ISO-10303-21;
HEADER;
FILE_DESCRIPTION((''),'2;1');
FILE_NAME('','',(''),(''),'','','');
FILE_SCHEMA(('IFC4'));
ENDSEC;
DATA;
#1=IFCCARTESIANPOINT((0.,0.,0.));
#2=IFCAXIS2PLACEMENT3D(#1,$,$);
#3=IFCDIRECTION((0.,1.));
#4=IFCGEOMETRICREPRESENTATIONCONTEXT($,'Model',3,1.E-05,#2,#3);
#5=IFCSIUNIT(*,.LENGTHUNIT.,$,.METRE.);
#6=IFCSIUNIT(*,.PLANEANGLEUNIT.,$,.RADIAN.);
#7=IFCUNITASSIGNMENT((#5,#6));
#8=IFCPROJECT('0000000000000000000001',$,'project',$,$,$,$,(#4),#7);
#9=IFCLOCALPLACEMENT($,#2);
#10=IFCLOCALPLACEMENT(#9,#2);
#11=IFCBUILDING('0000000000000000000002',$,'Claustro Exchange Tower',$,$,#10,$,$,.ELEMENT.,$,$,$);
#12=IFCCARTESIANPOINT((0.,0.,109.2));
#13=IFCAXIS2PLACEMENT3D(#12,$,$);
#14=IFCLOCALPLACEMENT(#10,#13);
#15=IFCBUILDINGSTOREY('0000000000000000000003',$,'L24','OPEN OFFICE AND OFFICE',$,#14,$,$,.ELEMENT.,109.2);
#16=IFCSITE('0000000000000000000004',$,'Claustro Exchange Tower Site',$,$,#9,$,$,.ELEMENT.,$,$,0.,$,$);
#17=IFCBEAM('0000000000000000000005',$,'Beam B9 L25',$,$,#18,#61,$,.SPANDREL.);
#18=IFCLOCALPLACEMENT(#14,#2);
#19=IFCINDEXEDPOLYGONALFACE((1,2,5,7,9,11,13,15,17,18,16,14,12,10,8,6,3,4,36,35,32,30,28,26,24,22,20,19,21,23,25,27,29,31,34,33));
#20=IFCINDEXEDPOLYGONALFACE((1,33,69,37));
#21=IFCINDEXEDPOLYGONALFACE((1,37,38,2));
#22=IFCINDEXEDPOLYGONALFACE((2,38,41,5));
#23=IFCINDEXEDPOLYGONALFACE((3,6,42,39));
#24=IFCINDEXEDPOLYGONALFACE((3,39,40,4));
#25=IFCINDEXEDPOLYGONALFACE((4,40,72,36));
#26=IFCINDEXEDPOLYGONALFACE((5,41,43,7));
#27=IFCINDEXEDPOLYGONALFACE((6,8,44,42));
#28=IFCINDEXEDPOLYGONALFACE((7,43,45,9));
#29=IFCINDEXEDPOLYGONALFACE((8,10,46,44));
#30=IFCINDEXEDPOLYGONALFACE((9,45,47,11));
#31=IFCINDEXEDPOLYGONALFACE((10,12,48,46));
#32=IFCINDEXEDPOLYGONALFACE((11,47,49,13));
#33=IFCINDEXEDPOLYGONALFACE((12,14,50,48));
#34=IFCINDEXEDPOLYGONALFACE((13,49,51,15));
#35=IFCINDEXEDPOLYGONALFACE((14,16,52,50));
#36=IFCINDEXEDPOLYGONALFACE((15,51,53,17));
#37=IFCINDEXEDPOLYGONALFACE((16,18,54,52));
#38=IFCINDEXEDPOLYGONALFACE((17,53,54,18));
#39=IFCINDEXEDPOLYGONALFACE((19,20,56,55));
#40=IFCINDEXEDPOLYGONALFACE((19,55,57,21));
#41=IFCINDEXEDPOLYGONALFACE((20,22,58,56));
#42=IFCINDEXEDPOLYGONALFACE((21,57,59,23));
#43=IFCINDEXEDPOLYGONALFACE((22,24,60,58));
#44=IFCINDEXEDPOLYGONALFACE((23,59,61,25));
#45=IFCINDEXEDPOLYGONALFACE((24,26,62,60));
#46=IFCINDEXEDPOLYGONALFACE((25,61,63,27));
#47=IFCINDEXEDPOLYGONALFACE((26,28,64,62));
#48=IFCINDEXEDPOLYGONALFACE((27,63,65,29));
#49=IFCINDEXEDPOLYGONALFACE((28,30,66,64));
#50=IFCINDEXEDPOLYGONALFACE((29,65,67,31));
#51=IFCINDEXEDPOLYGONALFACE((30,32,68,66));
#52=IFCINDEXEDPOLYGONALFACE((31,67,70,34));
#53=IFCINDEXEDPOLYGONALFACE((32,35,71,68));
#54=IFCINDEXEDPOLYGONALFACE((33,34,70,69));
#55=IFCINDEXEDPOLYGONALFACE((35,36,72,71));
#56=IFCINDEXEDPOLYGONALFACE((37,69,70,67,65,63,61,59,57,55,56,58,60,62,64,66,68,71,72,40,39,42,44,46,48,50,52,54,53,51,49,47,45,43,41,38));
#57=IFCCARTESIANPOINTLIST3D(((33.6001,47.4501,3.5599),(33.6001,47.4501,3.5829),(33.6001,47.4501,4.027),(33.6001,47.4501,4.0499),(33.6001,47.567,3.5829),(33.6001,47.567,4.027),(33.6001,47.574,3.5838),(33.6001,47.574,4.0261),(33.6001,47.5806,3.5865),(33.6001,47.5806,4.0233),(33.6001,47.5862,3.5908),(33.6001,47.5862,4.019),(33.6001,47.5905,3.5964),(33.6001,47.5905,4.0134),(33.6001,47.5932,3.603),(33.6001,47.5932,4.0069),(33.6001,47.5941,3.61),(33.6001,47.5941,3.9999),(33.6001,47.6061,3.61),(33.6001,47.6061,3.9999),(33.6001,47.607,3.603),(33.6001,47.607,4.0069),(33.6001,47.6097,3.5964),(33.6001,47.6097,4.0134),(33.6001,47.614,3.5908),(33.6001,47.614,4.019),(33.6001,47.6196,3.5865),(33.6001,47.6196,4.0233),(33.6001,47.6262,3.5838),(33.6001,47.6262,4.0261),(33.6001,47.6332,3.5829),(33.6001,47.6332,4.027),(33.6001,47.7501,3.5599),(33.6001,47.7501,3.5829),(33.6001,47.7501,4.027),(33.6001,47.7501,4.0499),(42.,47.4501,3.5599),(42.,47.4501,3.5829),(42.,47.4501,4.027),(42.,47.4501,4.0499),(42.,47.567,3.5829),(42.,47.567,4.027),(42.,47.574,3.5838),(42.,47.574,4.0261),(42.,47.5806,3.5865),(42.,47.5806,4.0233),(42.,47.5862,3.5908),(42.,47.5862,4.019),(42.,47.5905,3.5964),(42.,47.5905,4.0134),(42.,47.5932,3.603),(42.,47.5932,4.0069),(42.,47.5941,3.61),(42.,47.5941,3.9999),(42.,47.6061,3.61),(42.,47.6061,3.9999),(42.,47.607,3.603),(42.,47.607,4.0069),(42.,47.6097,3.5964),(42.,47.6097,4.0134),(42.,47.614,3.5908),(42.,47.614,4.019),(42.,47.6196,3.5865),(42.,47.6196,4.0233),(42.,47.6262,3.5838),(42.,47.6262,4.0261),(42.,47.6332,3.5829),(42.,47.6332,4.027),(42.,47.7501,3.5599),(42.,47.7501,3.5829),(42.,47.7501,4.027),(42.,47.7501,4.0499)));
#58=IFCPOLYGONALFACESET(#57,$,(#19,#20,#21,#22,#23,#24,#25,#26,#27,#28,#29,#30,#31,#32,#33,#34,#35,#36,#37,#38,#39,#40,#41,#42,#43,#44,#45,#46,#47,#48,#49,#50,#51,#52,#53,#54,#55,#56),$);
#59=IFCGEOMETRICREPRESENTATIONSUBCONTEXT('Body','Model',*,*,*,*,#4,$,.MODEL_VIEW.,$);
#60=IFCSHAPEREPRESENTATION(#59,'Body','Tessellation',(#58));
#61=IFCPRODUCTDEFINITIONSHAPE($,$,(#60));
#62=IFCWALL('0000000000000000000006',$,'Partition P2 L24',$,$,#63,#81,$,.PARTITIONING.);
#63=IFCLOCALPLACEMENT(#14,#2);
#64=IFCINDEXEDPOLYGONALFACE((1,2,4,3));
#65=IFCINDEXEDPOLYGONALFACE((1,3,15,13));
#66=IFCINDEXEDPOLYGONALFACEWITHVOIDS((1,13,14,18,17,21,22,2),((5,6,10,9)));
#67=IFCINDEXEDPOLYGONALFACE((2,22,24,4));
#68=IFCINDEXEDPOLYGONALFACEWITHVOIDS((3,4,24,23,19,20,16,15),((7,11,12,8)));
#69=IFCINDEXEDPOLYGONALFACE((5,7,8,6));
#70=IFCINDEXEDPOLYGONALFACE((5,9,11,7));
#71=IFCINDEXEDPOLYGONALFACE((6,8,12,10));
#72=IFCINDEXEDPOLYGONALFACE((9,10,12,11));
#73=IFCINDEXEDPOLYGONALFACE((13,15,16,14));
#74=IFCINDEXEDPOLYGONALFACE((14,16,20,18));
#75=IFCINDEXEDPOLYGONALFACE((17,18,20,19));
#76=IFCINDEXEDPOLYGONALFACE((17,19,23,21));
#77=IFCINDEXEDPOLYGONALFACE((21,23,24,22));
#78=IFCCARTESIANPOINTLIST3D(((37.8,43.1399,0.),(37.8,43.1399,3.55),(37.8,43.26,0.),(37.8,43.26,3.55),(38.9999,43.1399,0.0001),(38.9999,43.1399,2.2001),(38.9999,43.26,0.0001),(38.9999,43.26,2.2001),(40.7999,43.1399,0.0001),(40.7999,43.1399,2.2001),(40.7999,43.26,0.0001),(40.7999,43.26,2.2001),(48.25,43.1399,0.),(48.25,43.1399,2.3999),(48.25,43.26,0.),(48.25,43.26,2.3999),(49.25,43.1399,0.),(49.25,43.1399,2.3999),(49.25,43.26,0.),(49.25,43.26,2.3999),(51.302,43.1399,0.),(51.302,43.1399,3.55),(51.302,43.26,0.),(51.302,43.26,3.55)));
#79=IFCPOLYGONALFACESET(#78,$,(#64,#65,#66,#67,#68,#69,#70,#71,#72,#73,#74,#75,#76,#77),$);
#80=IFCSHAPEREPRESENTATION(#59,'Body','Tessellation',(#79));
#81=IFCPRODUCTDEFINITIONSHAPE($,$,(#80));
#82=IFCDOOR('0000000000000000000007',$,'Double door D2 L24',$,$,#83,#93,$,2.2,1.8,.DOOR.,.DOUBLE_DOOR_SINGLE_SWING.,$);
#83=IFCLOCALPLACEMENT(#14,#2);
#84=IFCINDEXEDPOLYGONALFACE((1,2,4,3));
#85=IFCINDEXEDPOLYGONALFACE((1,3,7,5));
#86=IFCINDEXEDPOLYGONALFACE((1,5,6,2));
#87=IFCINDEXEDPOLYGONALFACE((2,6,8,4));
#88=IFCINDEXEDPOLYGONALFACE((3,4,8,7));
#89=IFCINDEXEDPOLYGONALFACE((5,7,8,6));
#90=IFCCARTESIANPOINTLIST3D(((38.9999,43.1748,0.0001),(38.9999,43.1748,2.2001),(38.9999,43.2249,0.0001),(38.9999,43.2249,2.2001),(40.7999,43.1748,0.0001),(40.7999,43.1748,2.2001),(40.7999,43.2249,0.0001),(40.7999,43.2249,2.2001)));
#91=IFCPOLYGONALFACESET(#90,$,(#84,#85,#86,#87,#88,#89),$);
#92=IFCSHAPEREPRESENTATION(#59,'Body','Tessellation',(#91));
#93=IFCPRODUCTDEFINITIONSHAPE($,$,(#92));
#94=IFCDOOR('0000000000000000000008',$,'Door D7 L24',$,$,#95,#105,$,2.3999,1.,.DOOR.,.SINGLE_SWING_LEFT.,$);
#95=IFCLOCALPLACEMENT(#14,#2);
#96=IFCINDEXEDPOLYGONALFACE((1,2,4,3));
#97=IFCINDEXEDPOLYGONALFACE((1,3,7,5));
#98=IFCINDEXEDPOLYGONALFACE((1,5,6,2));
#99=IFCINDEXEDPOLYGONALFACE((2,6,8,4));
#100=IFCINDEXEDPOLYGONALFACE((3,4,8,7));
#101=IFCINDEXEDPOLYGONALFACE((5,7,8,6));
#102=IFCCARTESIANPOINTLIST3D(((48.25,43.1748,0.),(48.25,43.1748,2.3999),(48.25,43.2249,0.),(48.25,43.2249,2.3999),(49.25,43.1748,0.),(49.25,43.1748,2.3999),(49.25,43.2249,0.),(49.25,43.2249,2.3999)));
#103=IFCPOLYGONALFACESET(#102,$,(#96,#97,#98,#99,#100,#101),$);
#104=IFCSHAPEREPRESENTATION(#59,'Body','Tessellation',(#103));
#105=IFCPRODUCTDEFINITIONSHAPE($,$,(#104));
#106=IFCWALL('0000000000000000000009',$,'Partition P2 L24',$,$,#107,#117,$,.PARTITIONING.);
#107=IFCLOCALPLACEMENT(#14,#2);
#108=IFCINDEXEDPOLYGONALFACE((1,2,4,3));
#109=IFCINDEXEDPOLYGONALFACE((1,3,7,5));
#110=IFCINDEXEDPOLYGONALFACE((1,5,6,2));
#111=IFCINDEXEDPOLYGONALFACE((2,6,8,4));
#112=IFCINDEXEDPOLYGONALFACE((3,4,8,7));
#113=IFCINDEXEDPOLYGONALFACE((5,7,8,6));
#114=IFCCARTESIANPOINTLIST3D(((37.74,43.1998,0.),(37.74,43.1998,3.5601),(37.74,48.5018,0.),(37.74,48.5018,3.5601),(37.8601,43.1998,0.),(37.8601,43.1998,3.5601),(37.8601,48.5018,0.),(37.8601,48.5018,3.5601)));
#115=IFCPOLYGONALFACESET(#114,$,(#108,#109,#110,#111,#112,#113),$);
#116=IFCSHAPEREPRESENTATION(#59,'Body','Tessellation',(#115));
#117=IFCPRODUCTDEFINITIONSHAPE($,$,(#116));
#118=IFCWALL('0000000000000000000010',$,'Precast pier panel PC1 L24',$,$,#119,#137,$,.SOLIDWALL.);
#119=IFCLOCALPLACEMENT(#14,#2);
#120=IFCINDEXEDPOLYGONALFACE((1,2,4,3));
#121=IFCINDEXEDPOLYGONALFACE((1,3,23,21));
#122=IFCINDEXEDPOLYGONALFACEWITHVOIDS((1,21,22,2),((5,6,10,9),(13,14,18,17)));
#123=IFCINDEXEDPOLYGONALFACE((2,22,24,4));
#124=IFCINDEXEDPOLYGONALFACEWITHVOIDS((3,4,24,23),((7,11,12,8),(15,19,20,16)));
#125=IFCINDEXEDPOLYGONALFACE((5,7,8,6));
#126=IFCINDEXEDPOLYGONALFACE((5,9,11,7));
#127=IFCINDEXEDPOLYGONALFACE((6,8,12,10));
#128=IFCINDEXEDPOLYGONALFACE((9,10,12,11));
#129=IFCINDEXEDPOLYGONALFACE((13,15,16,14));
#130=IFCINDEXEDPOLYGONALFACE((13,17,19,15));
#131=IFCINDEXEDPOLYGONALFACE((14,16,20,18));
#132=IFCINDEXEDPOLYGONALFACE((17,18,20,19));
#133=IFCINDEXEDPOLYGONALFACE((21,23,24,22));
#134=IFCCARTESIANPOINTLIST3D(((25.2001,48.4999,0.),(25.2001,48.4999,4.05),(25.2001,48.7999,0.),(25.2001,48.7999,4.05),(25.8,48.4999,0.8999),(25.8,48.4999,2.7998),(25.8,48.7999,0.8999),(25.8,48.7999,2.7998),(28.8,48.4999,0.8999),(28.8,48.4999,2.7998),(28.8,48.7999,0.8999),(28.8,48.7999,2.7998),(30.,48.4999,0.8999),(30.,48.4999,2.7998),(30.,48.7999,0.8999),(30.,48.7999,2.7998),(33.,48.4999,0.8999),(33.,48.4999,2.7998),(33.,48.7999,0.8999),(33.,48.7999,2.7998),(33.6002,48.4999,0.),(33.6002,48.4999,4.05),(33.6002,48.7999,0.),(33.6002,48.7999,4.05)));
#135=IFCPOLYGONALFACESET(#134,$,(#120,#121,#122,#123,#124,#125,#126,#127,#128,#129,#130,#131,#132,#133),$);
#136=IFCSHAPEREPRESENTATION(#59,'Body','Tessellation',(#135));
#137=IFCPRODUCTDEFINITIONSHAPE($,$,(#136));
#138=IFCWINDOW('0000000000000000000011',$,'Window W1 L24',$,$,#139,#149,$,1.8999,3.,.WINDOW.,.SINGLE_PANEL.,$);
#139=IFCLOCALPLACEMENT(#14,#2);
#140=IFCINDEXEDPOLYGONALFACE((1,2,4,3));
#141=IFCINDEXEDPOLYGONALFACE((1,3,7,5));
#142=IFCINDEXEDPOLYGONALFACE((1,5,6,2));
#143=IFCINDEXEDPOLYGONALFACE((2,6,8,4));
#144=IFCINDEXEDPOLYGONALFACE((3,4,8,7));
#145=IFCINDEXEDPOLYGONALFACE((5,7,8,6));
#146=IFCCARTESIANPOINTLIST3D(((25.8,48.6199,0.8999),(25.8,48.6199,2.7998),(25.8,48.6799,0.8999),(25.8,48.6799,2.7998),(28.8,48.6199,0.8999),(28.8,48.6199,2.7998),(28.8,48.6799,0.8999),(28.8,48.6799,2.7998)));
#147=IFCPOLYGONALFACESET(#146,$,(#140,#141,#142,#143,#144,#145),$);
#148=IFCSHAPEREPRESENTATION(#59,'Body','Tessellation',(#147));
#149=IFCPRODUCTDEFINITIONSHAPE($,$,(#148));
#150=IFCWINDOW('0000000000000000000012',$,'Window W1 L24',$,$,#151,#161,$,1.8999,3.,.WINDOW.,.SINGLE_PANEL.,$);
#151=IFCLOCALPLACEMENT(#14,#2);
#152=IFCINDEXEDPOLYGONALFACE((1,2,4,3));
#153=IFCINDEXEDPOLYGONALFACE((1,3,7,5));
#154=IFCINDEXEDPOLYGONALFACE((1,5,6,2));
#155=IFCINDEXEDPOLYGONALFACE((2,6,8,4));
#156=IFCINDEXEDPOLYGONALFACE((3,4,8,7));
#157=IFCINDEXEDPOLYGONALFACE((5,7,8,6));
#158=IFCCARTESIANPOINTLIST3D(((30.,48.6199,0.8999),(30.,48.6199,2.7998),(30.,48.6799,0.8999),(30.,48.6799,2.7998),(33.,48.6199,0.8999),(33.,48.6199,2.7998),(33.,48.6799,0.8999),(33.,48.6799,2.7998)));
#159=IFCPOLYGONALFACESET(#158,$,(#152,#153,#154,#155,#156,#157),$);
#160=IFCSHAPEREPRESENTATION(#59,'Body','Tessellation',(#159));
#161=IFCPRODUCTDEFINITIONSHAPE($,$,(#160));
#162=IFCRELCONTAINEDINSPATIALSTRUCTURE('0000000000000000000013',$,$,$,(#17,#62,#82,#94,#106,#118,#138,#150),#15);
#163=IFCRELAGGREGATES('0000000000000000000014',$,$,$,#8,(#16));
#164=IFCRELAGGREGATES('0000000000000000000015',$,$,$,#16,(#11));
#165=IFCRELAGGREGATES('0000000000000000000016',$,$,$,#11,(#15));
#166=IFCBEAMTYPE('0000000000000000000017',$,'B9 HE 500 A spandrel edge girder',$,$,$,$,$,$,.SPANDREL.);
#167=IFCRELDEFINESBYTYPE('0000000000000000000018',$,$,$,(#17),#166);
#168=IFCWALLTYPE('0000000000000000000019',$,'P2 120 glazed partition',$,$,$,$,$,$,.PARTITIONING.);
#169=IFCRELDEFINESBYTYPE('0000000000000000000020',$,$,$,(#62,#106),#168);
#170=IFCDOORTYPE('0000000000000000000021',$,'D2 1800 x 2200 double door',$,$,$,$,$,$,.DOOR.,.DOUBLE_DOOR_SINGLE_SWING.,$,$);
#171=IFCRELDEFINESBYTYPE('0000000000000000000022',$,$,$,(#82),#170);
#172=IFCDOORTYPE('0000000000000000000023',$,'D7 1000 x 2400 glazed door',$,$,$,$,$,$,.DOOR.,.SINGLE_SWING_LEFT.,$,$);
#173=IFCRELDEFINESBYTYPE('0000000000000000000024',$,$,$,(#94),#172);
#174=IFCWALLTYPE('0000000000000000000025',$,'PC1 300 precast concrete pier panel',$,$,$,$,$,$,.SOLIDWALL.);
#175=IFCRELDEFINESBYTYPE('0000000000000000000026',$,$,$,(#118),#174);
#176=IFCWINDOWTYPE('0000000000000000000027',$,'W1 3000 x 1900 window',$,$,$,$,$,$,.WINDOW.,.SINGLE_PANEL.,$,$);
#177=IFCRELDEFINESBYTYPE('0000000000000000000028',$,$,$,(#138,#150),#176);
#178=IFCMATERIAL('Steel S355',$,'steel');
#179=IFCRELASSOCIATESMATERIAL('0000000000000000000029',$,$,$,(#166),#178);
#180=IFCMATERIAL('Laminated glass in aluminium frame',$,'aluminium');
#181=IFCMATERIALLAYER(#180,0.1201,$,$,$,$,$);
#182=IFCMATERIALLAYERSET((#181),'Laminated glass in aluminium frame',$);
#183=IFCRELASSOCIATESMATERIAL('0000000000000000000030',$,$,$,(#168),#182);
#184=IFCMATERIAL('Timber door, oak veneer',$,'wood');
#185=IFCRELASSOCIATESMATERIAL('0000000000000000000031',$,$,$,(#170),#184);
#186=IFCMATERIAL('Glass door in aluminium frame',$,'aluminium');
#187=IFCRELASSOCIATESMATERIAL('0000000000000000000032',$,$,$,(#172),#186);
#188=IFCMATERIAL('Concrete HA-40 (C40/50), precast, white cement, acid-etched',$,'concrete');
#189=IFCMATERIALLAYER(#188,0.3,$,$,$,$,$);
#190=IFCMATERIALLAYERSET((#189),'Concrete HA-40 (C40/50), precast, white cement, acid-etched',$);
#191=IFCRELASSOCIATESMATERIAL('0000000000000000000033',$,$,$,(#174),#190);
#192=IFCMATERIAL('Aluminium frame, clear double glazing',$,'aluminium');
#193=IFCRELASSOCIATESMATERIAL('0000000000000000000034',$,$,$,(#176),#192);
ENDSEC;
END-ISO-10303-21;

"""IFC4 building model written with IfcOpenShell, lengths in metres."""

from ifc_helpers import new_model, si_unit, direction, frame, frame_2d, origin, origin_2d, place, context, subcontext, project, spatial, rectangle, i_section, extrude, material, layer, layer_set, material_profile, profile_set, type_object, element, fill, save


model = new_model("IFC4")

# Units and contexts
model_context = context("Model", 3, precision=1e-05, world=origin(), true_north=direction((0.0, 1.0)))
body_context = subcontext(model_context, "Body", "Model", "MODEL_VIEW")
ifc_project = project(units=[si_unit("LENGTHUNIT", "METRE"), si_unit("PLANEANGLEUNIT", "RADIAN")], contexts=[model_context])

# Site, building, storey
site_placement = place(None, origin())
site = spatial("IfcSite", under=ifc_project, at=site_placement, Name="Claustro Exchange Tower Site", CompositionType="ELEMENT", RefElevation=0.0)
building_placement = place(site_placement, origin())
building = spatial("IfcBuilding", under=site, at=building_placement, Name="Claustro Exchange Tower", CompositionType="ELEMENT")
storey_placement = place(building_placement, frame((0.0, 0.0, 109.2)))
storey = spatial("IfcBuildingStorey", under=building, at=storey_placement, Name="L24", Description="OPEN OFFICE AND OFFICE", CompositionType="ELEMENT", Elevation=109.2)

# Beam
ifc_material_1 = material(Name="Steel S355", Category="steel")
ifc_material_profile_1 = material_profile(ifc_material_1, i_section(OverallWidth=0.3, OverallDepth=0.49, WebThickness=0.012, FlangeThickness=0.0229, FilletRadius=0.0271, at=origin_2d()), Name="HE 500 A")
ifc_profile_set_1 = profile_set([ifc_material_profile_1], Name="Steel S355")
beam_type_1 = type_object("IfcBeamType", Name="B9 HE 500 A spandrel edge girder", PredefinedType="SPANDREL", material=ifc_profile_set_1)
beam_1_placement = place(storey_placement, frame((33.6001, 47.6001, 3.8049), z_axis=(1.0, 0.0, 0.0), x_axis=(0.0, 1.0, 0.0)))
element("IfcBeam", 1, at=beam_1_placement, inside=storey, type_object=beam_type_1, Name="Beam B9 L25", PredefinedType="SPANDREL", context=body_context, shape_type="SweptSolid", body=[
    extrude(i_section(OverallWidth=0.3, OverallDepth=0.49, WebThickness=0.012, FlangeThickness=0.0229, FilletRadius=0.0271, at=origin_2d()), origin(), (0.0, 0.0, 1.0), 8.3999),
])

# Wall, openings, doors
ifc_material_2 = material(Name="Laminated glass in aluminium frame", Category="aluminium")
ifc_layer_1 = layer(ifc_material_2, 0.1201)
ifc_layer_set_1 = layer_set([ifc_layer_1], Name="Laminated glass in aluminium frame")
wall_type_1 = type_object("IfcWallType", Name="P2 120 glazed partition", PredefinedType="PARTITIONING", material=ifc_layer_set_1)
wall_1_placement = place(storey_placement, frame((37.8, 43.2, 0.0), z_axis=(0.0, 0.0, 1.0), x_axis=(1.0, 0.0, 0.0)))
wall_1 = element("IfcWall", 2, at=wall_1_placement, inside=storey, type_object=wall_type_1, Name="Partition P2 L24", PredefinedType="PARTITIONING", context=body_context, shape_type="SweptSolid", body=[
    extrude(rectangle(XDim=13.502, YDim=0.1201, at=frame_2d((6.751, 0.0))), origin(), (0.0, 0.0, 1.0), 3.55),
])
opening_1_placement = place(wall_1_placement, frame((1.2, 0.0, 0.0)))
opening_1 = element("IfcOpeningElement", 3, at=opening_1_placement, cuts=wall_1, PredefinedType="OPENING", context=body_context, shape_type="SweptSolid", body=[
    extrude(rectangle(XDim=1.8, YDim=2.2, at=frame_2d((0.8999, 1.1001))), frame((0.0, 0.0701, 0.0), z_axis=(0.0, -1.0, 0.0), x_axis=(1.0, 0.0, 0.0)), (0.0, 0.0, 1.0), 0.1401),
])
opening_2_placement = place(wall_1_placement, frame((10.45, 0.0, 0.0)))
opening_2 = element("IfcOpeningElement", 4, at=opening_2_placement, cuts=wall_1, PredefinedType="OPENING", context=body_context, shape_type="SweptSolid", body=[
    extrude(rectangle(XDim=1.0, YDim=2.3999, at=frame_2d((0.5, 1.2))), frame((0.0, 0.0701, 0.0), z_axis=(0.0, -1.0, 0.0), x_axis=(1.0, 0.0, 0.0)), (0.0, 0.0, 1.0), 0.1401),
])
ifc_material_3 = material(Name="Timber door, oak veneer", Category="wood")
door_type_1 = type_object("IfcDoorType", Name="D2 1800 x 2200 double door", OperationType="DOUBLE_DOOR_SINGLE_SWING", PredefinedType="DOOR", material=ifc_material_3)
door_1_placement = place(opening_1_placement, origin())
door_1 = element("IfcDoor", 5, at=door_1_placement, inside=storey, type_object=door_type_1, Name="Double door D2 L24", OperationType="DOUBLE_DOOR_SINGLE_SWING", OverallHeight=2.2, OverallWidth=1.8, PredefinedType="DOOR", context=body_context, shape_type="SweptSolid", body=[
    extrude(rectangle(XDim=1.8, YDim=2.2, at=frame_2d((0.8999, 1.1001))), frame((0.0, 0.0249, 0.0), z_axis=(0.0, -1.0, 0.0), x_axis=(1.0, 0.0, 0.0)), (0.0, 0.0, 1.0), 0.05),
])
fill(opening_1, door_1)
ifc_material_4 = material(Name="Glass door in aluminium frame", Category="aluminium")
door_type_2 = type_object("IfcDoorType", Name="D7 1000 x 2400 glazed door", OperationType="SINGLE_SWING_LEFT", PredefinedType="DOOR", material=ifc_material_4)
door_2_placement = place(opening_2_placement, origin())
door_2 = element("IfcDoor", 6, at=door_2_placement, inside=storey, type_object=door_type_2, Name="Door D7 L24", OperationType="SINGLE_SWING_LEFT", OverallHeight=2.3999, OverallWidth=1.0, PredefinedType="DOOR", context=body_context, shape_type="SweptSolid", body=[
    extrude(rectangle(XDim=1.0, YDim=2.3999, at=frame_2d((0.5, 1.2))), frame((0.0, 0.0249, 0.0), z_axis=(0.0, -1.0, 0.0), x_axis=(1.0, 0.0, 0.0)), (0.0, 0.0, 1.0), 0.05),
])
fill(opening_2, door_2)

# Wall
wall_2_placement = place(storey_placement, frame((37.8, 43.2, 0.0), z_axis=(0.0, 0.0, 1.0), x_axis=(0.0, 1.0, 0.0)))
element("IfcWall", 7, at=wall_2_placement, inside=storey, type_object=wall_type_1, Name="Partition P2 L24", PredefinedType="PARTITIONING", context=body_context, shape_type="SweptSolid", body=[
    extrude(rectangle(XDim=5.302, YDim=0.1201, at=frame_2d((2.6509, 0.0))), origin(), (0.0, 0.0, 1.0), 3.5601),
])

# Wall, openings, windows
ifc_material_5 = material(Name="Concrete HA-40 (C40/50), precast, white cement, acid-etched", Category="concrete")
ifc_layer_2 = layer(ifc_material_5, 0.3)
ifc_layer_set_2 = layer_set([ifc_layer_2], Name="Concrete HA-40 (C40/50), precast, white cement, acid-etched")
wall_type_2 = type_object("IfcWallType", Name="PC1 300 precast concrete pier panel", PredefinedType="SOLIDWALL", material=ifc_layer_set_2)
wall_3_placement = place(storey_placement, frame((25.2, 48.6499, 0.0), z_axis=(0.0, 0.0, 1.0), x_axis=(1.0, 0.0, 0.0)))
wall_3 = element("IfcWall", 8, at=wall_3_placement, inside=storey, type_object=wall_type_2, Name="Precast pier panel PC1 L24", PredefinedType="SOLIDWALL", context=body_context, shape_type="SweptSolid", body=[
    extrude(rectangle(XDim=8.4001, YDim=0.3, at=frame_2d((4.2002, 0.0))), origin(), (0.0, 0.0, 1.0), 4.05),
])
opening_3_placement = place(wall_3_placement, frame((0.6001, 0.0, 0.8999)))
opening_3 = element("IfcOpeningElement", 9, at=opening_3_placement, cuts=wall_3, PredefinedType="OPENING", context=body_context, shape_type="SweptSolid", body=[
    extrude(rectangle(XDim=3.0, YDim=1.8999, at=frame_2d((1.5, 0.95))), frame((0.0, 0.1599, 0.0), z_axis=(0.0, -1.0, 0.0), x_axis=(1.0, 0.0, 0.0)), (0.0, 0.0, 1.0), 0.3201),
])
opening_4_placement = place(wall_3_placement, frame((4.8, 0.0, 0.8999)))
opening_4 = element("IfcOpeningElement", 10, at=opening_4_placement, cuts=wall_3, PredefinedType="OPENING", context=body_context, shape_type="SweptSolid", body=[
    extrude(rectangle(XDim=3.0, YDim=1.8999, at=frame_2d((1.5, 0.95))), frame((0.0, 0.1599, 0.0), z_axis=(0.0, -1.0, 0.0), x_axis=(1.0, 0.0, 0.0)), (0.0, 0.0, 1.0), 0.3201),
])
ifc_material_6 = material(Name="Aluminium frame, clear double glazing", Category="aluminium")
window_type = type_object("IfcWindowType", Name="W1 3000 x 1900 window", PartitioningType="SINGLE_PANEL", PredefinedType="WINDOW", material=ifc_material_6)
window_1_placement = place(opening_3_placement, origin())
window_1 = element("IfcWindow", 11, at=window_1_placement, inside=storey, type_object=window_type, Name="Window W1 L24", OverallHeight=1.8999, OverallWidth=3.0, PartitioningType="SINGLE_PANEL", PredefinedType="WINDOW", context=body_context, shape_type="SweptSolid", body=[
    extrude(rectangle(XDim=3.0, YDim=1.8999, at=frame_2d((1.5, 0.95))), frame((0.0, 0.03, 0.0), z_axis=(0.0, -1.0, 0.0), x_axis=(1.0, 0.0, 0.0)), (0.0, 0.0, 1.0), 0.0601),
])
fill(opening_3, window_1)
window_2_placement = place(opening_4_placement, origin())
window_2 = element("IfcWindow", 12, at=window_2_placement, inside=storey, type_object=window_type, Name="Window W1 L24", OverallHeight=1.8999, OverallWidth=3.0, PartitioningType="SINGLE_PANEL", PredefinedType="WINDOW", context=body_context, shape_type="SweptSolid", body=[
    extrude(rectangle(XDim=3.0, YDim=1.8999, at=frame_2d((1.5, 0.95))), frame((0.0, 0.03, 0.0), z_axis=(0.0, -1.0, 0.0), x_axis=(1.0, 0.0, 0.0)), (0.0, 0.0, 1.0), 0.0601),
])
fill(opening_4, window_2)

save(model, "model.ifc")
